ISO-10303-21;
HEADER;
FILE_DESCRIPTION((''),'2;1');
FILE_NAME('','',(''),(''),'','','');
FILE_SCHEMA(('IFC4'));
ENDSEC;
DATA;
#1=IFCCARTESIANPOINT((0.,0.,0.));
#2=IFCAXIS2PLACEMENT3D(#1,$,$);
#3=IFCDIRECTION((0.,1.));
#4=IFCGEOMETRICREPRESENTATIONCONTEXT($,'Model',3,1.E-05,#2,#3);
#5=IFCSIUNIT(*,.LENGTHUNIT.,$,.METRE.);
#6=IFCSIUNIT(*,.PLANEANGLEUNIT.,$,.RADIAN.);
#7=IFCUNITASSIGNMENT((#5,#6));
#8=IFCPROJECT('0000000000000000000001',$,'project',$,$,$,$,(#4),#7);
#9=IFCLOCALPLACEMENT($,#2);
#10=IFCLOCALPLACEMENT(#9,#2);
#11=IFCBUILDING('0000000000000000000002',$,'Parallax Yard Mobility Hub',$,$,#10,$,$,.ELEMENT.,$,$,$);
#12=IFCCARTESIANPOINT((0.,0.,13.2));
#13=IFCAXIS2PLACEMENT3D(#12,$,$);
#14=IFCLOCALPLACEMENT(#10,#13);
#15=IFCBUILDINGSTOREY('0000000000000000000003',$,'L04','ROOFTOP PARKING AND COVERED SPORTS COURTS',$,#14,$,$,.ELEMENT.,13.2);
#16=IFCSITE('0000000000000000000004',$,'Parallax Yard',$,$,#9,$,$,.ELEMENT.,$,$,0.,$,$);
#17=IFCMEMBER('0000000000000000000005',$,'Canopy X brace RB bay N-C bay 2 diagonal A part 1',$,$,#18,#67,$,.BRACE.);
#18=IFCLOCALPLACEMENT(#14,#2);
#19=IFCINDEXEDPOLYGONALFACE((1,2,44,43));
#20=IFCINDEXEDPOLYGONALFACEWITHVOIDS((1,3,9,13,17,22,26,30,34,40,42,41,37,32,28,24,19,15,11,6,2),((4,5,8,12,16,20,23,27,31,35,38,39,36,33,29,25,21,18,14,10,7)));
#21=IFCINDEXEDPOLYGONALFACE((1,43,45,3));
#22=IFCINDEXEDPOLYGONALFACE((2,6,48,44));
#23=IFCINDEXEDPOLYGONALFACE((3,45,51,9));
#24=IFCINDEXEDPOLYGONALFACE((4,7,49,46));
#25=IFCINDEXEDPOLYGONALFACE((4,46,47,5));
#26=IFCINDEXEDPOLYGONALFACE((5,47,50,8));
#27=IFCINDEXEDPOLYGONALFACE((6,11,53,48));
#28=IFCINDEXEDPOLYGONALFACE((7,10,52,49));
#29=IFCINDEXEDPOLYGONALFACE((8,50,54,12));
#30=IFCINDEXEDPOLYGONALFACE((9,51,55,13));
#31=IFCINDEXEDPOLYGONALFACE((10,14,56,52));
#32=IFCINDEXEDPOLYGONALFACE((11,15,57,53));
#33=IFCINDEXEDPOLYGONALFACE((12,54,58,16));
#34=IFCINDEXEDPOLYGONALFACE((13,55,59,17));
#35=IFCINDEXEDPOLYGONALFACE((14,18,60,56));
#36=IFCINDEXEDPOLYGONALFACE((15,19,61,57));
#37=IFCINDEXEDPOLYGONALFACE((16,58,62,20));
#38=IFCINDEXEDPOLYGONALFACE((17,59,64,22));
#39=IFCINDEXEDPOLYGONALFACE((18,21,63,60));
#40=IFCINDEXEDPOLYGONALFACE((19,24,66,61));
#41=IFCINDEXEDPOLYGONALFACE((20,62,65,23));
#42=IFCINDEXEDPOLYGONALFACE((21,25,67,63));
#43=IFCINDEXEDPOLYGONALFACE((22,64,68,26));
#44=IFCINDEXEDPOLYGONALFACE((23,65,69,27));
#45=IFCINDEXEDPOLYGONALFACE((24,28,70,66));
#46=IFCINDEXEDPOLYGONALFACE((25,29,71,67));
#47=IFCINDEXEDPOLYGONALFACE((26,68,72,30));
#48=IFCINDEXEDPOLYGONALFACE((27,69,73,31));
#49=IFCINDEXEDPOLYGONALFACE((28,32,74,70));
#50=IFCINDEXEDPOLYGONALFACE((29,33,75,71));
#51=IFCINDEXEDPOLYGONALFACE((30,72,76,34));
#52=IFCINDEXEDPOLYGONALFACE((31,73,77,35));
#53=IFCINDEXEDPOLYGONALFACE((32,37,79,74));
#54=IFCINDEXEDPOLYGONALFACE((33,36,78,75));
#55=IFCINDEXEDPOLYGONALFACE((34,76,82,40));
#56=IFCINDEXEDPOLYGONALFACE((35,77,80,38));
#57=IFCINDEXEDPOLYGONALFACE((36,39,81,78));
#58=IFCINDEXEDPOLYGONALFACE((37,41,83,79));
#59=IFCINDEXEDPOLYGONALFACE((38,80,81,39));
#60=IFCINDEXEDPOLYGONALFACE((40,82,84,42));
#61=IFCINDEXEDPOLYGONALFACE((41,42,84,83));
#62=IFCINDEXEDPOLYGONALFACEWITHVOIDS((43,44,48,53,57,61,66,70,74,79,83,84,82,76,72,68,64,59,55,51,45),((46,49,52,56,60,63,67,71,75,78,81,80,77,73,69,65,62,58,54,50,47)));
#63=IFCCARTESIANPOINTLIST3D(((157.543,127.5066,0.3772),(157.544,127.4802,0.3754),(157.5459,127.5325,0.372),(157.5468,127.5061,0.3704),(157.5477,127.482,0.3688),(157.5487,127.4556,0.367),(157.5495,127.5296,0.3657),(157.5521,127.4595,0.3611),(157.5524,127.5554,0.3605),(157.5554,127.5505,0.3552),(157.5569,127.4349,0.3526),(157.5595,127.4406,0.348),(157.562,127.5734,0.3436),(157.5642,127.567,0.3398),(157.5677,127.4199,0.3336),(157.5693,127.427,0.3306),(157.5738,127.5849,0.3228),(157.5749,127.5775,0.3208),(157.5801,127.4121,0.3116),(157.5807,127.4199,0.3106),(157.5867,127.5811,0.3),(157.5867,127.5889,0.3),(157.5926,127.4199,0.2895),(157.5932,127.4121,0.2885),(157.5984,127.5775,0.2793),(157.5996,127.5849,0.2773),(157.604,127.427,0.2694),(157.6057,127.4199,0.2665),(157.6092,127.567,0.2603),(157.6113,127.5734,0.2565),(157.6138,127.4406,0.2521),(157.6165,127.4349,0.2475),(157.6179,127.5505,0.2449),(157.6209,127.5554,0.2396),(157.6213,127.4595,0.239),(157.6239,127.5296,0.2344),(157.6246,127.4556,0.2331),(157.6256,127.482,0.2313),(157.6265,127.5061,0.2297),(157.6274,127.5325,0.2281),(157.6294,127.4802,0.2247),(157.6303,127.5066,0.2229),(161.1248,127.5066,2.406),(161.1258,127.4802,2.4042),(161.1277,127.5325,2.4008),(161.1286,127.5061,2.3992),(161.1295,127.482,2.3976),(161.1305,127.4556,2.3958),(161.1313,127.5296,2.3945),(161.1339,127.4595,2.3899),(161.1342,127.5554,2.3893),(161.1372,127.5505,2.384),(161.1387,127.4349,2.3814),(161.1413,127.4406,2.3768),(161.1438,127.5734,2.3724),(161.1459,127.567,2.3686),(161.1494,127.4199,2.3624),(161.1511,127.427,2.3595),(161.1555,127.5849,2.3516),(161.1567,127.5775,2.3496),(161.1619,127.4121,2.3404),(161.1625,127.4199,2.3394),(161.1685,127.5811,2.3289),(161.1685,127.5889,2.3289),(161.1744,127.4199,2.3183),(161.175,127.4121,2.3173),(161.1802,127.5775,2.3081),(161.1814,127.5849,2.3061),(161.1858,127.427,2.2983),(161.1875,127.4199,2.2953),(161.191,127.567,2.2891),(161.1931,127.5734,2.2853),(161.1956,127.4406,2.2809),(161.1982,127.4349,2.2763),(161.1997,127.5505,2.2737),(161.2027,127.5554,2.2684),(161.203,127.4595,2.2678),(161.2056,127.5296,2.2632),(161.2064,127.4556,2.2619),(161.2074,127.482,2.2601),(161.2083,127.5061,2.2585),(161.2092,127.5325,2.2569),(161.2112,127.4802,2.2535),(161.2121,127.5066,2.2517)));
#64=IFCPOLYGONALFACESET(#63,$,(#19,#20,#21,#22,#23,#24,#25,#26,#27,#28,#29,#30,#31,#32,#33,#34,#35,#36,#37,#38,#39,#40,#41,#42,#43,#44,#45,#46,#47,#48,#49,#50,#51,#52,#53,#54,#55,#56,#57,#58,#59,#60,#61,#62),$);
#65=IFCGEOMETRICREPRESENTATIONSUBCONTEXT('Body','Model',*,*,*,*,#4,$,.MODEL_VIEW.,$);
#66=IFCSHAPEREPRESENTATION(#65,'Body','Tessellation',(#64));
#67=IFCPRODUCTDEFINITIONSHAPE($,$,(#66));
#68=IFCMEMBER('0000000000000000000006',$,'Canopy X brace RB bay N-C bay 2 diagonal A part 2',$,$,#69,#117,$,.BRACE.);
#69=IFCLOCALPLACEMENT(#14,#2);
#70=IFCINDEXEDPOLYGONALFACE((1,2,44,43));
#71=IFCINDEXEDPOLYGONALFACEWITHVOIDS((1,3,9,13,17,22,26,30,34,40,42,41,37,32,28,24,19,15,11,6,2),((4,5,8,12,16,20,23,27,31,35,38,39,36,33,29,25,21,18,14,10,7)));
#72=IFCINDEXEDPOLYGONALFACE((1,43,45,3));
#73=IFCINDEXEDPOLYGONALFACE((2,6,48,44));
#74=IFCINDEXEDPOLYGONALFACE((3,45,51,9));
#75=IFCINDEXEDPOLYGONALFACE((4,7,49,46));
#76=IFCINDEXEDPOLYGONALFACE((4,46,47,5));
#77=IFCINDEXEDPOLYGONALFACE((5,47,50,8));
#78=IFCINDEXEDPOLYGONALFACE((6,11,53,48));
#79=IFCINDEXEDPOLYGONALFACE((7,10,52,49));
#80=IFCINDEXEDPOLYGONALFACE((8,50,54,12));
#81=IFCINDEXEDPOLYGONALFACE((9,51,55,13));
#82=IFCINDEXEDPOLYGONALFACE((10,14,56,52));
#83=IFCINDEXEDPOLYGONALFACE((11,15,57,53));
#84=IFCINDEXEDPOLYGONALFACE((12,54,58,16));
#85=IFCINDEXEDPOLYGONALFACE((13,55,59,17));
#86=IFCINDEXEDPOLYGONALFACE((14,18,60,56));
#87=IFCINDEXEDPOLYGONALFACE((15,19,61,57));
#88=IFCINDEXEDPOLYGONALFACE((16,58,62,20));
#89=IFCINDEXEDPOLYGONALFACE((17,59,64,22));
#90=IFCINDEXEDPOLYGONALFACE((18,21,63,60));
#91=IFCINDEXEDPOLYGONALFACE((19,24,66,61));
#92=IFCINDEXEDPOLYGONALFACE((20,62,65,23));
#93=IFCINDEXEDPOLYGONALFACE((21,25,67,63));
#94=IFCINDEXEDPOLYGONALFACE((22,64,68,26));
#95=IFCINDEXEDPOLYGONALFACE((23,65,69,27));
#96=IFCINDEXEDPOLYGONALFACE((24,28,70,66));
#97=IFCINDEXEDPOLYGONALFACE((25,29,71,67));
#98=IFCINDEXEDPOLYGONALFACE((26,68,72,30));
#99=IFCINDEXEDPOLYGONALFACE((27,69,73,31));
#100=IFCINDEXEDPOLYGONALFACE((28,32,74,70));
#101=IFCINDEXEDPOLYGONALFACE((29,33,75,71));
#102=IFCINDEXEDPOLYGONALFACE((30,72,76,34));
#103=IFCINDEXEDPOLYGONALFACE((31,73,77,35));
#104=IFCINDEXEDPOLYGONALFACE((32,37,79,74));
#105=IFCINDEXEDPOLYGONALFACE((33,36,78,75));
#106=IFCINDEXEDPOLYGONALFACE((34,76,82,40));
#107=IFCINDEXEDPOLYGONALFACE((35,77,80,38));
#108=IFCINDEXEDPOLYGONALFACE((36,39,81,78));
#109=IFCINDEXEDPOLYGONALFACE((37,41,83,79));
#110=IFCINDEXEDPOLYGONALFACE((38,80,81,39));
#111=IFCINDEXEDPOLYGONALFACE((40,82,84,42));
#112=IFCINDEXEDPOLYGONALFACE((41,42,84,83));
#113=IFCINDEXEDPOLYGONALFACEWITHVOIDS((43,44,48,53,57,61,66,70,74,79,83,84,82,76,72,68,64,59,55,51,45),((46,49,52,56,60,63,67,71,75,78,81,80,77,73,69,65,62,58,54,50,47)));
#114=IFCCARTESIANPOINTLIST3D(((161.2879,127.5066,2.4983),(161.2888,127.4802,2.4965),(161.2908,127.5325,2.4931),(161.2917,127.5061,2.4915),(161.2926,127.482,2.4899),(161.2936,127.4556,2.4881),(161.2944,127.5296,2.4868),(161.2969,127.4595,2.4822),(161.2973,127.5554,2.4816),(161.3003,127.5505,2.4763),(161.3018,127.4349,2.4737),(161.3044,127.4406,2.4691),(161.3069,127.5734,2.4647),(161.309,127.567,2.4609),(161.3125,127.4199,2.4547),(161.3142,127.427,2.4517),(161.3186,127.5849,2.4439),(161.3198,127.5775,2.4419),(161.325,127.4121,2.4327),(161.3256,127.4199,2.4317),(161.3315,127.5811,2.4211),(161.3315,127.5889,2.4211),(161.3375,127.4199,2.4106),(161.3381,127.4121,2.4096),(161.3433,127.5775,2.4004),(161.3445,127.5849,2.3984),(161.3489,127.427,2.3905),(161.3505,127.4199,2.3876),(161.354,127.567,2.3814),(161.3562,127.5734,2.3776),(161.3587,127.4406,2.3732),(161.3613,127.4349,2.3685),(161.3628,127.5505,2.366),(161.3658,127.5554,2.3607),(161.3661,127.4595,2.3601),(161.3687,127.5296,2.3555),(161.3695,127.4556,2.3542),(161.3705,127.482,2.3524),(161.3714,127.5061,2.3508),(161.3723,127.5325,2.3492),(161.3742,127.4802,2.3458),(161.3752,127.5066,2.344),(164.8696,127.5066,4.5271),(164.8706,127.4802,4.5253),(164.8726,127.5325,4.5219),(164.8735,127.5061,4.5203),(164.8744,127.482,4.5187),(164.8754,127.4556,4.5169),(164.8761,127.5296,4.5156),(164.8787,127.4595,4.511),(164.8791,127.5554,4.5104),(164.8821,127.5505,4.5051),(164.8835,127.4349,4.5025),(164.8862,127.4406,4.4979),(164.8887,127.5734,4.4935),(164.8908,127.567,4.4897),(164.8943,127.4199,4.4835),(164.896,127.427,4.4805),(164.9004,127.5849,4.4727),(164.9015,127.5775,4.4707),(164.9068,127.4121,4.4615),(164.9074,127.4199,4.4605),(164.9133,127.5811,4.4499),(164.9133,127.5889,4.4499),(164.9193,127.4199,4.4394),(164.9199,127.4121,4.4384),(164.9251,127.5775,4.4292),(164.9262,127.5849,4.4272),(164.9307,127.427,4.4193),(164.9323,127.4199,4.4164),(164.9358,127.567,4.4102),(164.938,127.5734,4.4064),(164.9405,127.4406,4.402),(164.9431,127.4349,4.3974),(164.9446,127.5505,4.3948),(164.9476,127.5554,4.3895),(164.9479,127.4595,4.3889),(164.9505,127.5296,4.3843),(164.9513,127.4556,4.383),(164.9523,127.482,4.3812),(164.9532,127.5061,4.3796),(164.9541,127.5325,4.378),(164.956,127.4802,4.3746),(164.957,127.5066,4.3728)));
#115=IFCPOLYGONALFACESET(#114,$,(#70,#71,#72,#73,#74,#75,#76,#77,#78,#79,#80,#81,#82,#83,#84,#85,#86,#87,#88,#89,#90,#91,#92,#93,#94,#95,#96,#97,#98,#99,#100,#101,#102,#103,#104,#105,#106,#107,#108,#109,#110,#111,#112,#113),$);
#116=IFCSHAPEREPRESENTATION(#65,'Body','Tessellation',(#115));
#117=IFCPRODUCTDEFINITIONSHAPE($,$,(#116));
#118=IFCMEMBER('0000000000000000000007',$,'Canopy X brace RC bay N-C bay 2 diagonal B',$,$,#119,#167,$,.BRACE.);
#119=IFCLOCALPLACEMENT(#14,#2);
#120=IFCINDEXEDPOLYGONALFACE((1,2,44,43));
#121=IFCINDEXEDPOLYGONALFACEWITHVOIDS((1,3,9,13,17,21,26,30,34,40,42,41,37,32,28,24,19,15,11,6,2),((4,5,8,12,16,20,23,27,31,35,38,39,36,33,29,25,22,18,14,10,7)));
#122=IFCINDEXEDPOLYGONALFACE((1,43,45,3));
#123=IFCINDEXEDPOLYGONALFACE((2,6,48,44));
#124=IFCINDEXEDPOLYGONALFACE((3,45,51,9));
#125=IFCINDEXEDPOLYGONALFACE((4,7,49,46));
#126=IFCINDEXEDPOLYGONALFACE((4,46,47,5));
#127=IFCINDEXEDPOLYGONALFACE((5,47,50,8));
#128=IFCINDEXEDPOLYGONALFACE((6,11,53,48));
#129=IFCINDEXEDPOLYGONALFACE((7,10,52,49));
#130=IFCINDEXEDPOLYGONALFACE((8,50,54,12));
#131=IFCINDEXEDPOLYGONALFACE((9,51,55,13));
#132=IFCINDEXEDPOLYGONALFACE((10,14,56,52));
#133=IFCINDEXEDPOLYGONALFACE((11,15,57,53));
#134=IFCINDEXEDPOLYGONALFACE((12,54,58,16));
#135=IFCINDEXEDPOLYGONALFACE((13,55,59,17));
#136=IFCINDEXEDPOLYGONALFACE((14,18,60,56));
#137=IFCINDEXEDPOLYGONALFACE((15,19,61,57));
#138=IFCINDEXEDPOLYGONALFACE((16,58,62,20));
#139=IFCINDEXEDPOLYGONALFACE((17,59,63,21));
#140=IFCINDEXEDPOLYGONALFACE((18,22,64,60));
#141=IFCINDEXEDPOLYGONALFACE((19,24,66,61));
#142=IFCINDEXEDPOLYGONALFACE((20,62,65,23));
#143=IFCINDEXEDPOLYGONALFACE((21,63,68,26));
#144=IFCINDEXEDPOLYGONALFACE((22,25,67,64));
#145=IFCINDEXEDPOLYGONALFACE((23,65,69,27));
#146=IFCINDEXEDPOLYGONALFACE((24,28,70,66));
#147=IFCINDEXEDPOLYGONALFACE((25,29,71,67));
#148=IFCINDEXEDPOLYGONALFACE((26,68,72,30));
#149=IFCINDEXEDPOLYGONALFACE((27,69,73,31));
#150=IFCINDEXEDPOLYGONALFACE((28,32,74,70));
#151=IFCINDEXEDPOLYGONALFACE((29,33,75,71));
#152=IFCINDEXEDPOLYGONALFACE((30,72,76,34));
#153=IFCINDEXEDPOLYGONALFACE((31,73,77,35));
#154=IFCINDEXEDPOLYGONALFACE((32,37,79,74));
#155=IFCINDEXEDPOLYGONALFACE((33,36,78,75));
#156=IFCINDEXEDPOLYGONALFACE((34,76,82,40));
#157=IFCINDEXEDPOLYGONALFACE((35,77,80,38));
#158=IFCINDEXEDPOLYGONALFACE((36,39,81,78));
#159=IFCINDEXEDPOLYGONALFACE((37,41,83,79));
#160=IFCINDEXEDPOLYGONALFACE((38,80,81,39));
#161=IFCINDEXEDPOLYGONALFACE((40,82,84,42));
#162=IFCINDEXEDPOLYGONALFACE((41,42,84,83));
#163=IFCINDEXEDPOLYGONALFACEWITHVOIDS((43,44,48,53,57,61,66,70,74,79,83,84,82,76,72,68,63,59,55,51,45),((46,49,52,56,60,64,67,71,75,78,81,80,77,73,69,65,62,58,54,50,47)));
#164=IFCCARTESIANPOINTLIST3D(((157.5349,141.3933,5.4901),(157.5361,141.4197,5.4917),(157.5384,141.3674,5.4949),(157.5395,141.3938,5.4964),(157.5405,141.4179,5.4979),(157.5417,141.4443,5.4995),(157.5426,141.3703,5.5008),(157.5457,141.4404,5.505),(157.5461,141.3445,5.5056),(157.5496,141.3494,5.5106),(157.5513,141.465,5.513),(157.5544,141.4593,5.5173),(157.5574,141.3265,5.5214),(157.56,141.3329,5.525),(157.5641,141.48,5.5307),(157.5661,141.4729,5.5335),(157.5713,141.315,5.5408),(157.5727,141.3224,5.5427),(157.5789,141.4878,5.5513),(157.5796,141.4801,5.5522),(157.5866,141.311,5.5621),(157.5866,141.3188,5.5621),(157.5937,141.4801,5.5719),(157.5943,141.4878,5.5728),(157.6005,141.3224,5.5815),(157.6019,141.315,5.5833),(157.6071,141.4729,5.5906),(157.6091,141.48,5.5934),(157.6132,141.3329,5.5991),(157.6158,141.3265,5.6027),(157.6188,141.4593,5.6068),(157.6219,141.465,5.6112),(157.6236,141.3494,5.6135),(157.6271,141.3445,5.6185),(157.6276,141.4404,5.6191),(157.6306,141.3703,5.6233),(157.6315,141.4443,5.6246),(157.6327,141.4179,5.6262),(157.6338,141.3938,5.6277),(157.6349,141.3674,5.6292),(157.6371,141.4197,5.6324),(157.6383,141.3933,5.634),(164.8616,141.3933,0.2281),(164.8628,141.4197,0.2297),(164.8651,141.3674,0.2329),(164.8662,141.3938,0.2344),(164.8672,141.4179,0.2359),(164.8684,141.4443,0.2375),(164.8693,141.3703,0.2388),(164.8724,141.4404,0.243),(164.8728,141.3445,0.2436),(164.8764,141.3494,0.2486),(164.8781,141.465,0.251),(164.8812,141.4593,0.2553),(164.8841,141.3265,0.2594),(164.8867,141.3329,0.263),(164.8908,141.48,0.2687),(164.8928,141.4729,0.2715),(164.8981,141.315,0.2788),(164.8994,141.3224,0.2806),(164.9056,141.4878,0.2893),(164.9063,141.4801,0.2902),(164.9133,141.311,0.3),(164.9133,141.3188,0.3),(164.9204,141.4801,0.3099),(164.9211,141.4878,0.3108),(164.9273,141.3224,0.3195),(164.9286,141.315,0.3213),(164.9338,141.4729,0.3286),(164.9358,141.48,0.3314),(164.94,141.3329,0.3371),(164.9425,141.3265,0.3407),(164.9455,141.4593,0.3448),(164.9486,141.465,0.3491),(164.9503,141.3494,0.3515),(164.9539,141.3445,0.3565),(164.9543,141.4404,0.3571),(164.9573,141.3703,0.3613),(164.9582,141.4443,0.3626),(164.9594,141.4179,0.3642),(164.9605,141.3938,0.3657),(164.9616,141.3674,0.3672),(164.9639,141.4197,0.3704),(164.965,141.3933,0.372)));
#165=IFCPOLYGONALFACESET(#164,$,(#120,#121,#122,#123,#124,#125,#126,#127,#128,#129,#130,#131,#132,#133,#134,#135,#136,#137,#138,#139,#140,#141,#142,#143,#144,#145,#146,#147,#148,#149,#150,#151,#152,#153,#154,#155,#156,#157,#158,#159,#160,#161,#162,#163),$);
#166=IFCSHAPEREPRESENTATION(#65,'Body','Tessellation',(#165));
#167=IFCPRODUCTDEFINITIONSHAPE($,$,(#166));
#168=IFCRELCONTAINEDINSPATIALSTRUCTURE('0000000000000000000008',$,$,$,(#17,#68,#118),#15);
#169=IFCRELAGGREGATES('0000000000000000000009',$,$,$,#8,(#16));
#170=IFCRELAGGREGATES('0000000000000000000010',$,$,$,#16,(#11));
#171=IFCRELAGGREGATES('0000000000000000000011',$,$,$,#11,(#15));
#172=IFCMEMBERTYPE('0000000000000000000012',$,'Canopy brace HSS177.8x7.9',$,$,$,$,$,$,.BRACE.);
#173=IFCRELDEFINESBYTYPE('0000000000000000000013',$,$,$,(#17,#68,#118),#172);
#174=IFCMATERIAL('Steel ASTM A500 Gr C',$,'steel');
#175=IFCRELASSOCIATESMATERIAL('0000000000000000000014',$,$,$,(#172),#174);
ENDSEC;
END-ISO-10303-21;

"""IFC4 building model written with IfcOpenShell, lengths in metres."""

from ifc_helpers import new_model, si_unit, direction, frame, origin, origin_2d, place, context, subcontext, project, spatial, hollow_circle, extrude, material, material_profile, profile_set, type_object, element, save


model = new_model("IFC4")

# Units and contexts
model_context = context("Model", 3, precision=1e-05, world=origin(), true_north=direction((0.0, 1.0)))
body_context = subcontext(model_context, "Body", "Model", "MODEL_VIEW")
ifc_project = project(units=[si_unit("LENGTHUNIT", "METRE"), si_unit("PLANEANGLEUNIT", "RADIAN")], contexts=[model_context])

# Site, building, storey
site_placement = place(None, origin())
site = spatial("IfcSite", under=ifc_project, at=site_placement, Name="Parallax Yard", CompositionType="ELEMENT", RefElevation=0.0)
building_placement = place(site_placement, origin())
building = spatial("IfcBuilding", under=site, at=building_placement, Name="Parallax Yard Mobility Hub", CompositionType="ELEMENT")
storey_placement = place(building_placement, frame((0.0, 0.0, 13.2)))
storey = spatial("IfcBuildingStorey", under=building, at=storey_placement, Name="L04", Description="ROOFTOP PARKING AND COVERED SPORTS COURTS", CompositionType="ELEMENT", Elevation=13.2)

# Members
ifc_material_1 = material(Name="Steel ASTM A500 Gr C", Category="steel")
ifc_material_profile_1 = material_profile(ifc_material_1, hollow_circle(Radius=0.0889, WallThickness=0.0078, at=origin_2d()), Name="HSS177.8x7.9")
ifc_profile_set_1 = profile_set([ifc_material_profile_1], Name="Steel ASTM A500 Gr C")
member_type_1 = type_object("IfcMemberType", Name="Canopy brace HSS177.8x7.9", PredefinedType="BRACE", material=ifc_profile_set_1)
for number, where, z_axis, x_axis, name in (
    (1, (157.5867, 127.5, 0.3), (0.870113, 0.0, 0.492852), (0.0, 1.0, 0.0), "Canopy X brace RB bay N-C bay 2 diagonal A part 1"),
    (2, (161.3315, 127.5, 2.4211), (0.870113, 0.0, 0.492852), (0.0, 1.0, 0.0), "Canopy X brace RB bay N-C bay 2 diagonal A part 2"),
):
    element("IfcMember", number, at=place(storey_placement, frame(where, z_axis=z_axis, x_axis=x_axis)), inside=storey, type_object=member_type_1, Name=name, PredefinedType="BRACE", context=body_context, shape_type="SweptSolid", body=[
        extrude(hollow_circle(Radius=0.0889, WallThickness=0.0078, at=origin_2d()), origin(), (0.0, 0.0, 1.0), 4.1165),
    ])
member_1_placement = place(storey_placement, frame((164.9133, 141.3999, 0.3), z_axis=(-0.812229, 0.0, 0.583338), x_axis=(0.0, -1.0, 0.0)))
element("IfcMember", 3, at=member_1_placement, inside=storey, type_object=member_type_1, Name="Canopy X brace RC bay N-C bay 2 diagonal B", PredefinedType="BRACE", context=body_context, shape_type="SweptSolid", body=[
    extrude(hollow_circle(Radius=0.0889, WallThickness=0.0078, at=origin_2d()), origin(), (0.0, 0.0, 1.0), 9.0205),
])

save(model, "model.ifc")
